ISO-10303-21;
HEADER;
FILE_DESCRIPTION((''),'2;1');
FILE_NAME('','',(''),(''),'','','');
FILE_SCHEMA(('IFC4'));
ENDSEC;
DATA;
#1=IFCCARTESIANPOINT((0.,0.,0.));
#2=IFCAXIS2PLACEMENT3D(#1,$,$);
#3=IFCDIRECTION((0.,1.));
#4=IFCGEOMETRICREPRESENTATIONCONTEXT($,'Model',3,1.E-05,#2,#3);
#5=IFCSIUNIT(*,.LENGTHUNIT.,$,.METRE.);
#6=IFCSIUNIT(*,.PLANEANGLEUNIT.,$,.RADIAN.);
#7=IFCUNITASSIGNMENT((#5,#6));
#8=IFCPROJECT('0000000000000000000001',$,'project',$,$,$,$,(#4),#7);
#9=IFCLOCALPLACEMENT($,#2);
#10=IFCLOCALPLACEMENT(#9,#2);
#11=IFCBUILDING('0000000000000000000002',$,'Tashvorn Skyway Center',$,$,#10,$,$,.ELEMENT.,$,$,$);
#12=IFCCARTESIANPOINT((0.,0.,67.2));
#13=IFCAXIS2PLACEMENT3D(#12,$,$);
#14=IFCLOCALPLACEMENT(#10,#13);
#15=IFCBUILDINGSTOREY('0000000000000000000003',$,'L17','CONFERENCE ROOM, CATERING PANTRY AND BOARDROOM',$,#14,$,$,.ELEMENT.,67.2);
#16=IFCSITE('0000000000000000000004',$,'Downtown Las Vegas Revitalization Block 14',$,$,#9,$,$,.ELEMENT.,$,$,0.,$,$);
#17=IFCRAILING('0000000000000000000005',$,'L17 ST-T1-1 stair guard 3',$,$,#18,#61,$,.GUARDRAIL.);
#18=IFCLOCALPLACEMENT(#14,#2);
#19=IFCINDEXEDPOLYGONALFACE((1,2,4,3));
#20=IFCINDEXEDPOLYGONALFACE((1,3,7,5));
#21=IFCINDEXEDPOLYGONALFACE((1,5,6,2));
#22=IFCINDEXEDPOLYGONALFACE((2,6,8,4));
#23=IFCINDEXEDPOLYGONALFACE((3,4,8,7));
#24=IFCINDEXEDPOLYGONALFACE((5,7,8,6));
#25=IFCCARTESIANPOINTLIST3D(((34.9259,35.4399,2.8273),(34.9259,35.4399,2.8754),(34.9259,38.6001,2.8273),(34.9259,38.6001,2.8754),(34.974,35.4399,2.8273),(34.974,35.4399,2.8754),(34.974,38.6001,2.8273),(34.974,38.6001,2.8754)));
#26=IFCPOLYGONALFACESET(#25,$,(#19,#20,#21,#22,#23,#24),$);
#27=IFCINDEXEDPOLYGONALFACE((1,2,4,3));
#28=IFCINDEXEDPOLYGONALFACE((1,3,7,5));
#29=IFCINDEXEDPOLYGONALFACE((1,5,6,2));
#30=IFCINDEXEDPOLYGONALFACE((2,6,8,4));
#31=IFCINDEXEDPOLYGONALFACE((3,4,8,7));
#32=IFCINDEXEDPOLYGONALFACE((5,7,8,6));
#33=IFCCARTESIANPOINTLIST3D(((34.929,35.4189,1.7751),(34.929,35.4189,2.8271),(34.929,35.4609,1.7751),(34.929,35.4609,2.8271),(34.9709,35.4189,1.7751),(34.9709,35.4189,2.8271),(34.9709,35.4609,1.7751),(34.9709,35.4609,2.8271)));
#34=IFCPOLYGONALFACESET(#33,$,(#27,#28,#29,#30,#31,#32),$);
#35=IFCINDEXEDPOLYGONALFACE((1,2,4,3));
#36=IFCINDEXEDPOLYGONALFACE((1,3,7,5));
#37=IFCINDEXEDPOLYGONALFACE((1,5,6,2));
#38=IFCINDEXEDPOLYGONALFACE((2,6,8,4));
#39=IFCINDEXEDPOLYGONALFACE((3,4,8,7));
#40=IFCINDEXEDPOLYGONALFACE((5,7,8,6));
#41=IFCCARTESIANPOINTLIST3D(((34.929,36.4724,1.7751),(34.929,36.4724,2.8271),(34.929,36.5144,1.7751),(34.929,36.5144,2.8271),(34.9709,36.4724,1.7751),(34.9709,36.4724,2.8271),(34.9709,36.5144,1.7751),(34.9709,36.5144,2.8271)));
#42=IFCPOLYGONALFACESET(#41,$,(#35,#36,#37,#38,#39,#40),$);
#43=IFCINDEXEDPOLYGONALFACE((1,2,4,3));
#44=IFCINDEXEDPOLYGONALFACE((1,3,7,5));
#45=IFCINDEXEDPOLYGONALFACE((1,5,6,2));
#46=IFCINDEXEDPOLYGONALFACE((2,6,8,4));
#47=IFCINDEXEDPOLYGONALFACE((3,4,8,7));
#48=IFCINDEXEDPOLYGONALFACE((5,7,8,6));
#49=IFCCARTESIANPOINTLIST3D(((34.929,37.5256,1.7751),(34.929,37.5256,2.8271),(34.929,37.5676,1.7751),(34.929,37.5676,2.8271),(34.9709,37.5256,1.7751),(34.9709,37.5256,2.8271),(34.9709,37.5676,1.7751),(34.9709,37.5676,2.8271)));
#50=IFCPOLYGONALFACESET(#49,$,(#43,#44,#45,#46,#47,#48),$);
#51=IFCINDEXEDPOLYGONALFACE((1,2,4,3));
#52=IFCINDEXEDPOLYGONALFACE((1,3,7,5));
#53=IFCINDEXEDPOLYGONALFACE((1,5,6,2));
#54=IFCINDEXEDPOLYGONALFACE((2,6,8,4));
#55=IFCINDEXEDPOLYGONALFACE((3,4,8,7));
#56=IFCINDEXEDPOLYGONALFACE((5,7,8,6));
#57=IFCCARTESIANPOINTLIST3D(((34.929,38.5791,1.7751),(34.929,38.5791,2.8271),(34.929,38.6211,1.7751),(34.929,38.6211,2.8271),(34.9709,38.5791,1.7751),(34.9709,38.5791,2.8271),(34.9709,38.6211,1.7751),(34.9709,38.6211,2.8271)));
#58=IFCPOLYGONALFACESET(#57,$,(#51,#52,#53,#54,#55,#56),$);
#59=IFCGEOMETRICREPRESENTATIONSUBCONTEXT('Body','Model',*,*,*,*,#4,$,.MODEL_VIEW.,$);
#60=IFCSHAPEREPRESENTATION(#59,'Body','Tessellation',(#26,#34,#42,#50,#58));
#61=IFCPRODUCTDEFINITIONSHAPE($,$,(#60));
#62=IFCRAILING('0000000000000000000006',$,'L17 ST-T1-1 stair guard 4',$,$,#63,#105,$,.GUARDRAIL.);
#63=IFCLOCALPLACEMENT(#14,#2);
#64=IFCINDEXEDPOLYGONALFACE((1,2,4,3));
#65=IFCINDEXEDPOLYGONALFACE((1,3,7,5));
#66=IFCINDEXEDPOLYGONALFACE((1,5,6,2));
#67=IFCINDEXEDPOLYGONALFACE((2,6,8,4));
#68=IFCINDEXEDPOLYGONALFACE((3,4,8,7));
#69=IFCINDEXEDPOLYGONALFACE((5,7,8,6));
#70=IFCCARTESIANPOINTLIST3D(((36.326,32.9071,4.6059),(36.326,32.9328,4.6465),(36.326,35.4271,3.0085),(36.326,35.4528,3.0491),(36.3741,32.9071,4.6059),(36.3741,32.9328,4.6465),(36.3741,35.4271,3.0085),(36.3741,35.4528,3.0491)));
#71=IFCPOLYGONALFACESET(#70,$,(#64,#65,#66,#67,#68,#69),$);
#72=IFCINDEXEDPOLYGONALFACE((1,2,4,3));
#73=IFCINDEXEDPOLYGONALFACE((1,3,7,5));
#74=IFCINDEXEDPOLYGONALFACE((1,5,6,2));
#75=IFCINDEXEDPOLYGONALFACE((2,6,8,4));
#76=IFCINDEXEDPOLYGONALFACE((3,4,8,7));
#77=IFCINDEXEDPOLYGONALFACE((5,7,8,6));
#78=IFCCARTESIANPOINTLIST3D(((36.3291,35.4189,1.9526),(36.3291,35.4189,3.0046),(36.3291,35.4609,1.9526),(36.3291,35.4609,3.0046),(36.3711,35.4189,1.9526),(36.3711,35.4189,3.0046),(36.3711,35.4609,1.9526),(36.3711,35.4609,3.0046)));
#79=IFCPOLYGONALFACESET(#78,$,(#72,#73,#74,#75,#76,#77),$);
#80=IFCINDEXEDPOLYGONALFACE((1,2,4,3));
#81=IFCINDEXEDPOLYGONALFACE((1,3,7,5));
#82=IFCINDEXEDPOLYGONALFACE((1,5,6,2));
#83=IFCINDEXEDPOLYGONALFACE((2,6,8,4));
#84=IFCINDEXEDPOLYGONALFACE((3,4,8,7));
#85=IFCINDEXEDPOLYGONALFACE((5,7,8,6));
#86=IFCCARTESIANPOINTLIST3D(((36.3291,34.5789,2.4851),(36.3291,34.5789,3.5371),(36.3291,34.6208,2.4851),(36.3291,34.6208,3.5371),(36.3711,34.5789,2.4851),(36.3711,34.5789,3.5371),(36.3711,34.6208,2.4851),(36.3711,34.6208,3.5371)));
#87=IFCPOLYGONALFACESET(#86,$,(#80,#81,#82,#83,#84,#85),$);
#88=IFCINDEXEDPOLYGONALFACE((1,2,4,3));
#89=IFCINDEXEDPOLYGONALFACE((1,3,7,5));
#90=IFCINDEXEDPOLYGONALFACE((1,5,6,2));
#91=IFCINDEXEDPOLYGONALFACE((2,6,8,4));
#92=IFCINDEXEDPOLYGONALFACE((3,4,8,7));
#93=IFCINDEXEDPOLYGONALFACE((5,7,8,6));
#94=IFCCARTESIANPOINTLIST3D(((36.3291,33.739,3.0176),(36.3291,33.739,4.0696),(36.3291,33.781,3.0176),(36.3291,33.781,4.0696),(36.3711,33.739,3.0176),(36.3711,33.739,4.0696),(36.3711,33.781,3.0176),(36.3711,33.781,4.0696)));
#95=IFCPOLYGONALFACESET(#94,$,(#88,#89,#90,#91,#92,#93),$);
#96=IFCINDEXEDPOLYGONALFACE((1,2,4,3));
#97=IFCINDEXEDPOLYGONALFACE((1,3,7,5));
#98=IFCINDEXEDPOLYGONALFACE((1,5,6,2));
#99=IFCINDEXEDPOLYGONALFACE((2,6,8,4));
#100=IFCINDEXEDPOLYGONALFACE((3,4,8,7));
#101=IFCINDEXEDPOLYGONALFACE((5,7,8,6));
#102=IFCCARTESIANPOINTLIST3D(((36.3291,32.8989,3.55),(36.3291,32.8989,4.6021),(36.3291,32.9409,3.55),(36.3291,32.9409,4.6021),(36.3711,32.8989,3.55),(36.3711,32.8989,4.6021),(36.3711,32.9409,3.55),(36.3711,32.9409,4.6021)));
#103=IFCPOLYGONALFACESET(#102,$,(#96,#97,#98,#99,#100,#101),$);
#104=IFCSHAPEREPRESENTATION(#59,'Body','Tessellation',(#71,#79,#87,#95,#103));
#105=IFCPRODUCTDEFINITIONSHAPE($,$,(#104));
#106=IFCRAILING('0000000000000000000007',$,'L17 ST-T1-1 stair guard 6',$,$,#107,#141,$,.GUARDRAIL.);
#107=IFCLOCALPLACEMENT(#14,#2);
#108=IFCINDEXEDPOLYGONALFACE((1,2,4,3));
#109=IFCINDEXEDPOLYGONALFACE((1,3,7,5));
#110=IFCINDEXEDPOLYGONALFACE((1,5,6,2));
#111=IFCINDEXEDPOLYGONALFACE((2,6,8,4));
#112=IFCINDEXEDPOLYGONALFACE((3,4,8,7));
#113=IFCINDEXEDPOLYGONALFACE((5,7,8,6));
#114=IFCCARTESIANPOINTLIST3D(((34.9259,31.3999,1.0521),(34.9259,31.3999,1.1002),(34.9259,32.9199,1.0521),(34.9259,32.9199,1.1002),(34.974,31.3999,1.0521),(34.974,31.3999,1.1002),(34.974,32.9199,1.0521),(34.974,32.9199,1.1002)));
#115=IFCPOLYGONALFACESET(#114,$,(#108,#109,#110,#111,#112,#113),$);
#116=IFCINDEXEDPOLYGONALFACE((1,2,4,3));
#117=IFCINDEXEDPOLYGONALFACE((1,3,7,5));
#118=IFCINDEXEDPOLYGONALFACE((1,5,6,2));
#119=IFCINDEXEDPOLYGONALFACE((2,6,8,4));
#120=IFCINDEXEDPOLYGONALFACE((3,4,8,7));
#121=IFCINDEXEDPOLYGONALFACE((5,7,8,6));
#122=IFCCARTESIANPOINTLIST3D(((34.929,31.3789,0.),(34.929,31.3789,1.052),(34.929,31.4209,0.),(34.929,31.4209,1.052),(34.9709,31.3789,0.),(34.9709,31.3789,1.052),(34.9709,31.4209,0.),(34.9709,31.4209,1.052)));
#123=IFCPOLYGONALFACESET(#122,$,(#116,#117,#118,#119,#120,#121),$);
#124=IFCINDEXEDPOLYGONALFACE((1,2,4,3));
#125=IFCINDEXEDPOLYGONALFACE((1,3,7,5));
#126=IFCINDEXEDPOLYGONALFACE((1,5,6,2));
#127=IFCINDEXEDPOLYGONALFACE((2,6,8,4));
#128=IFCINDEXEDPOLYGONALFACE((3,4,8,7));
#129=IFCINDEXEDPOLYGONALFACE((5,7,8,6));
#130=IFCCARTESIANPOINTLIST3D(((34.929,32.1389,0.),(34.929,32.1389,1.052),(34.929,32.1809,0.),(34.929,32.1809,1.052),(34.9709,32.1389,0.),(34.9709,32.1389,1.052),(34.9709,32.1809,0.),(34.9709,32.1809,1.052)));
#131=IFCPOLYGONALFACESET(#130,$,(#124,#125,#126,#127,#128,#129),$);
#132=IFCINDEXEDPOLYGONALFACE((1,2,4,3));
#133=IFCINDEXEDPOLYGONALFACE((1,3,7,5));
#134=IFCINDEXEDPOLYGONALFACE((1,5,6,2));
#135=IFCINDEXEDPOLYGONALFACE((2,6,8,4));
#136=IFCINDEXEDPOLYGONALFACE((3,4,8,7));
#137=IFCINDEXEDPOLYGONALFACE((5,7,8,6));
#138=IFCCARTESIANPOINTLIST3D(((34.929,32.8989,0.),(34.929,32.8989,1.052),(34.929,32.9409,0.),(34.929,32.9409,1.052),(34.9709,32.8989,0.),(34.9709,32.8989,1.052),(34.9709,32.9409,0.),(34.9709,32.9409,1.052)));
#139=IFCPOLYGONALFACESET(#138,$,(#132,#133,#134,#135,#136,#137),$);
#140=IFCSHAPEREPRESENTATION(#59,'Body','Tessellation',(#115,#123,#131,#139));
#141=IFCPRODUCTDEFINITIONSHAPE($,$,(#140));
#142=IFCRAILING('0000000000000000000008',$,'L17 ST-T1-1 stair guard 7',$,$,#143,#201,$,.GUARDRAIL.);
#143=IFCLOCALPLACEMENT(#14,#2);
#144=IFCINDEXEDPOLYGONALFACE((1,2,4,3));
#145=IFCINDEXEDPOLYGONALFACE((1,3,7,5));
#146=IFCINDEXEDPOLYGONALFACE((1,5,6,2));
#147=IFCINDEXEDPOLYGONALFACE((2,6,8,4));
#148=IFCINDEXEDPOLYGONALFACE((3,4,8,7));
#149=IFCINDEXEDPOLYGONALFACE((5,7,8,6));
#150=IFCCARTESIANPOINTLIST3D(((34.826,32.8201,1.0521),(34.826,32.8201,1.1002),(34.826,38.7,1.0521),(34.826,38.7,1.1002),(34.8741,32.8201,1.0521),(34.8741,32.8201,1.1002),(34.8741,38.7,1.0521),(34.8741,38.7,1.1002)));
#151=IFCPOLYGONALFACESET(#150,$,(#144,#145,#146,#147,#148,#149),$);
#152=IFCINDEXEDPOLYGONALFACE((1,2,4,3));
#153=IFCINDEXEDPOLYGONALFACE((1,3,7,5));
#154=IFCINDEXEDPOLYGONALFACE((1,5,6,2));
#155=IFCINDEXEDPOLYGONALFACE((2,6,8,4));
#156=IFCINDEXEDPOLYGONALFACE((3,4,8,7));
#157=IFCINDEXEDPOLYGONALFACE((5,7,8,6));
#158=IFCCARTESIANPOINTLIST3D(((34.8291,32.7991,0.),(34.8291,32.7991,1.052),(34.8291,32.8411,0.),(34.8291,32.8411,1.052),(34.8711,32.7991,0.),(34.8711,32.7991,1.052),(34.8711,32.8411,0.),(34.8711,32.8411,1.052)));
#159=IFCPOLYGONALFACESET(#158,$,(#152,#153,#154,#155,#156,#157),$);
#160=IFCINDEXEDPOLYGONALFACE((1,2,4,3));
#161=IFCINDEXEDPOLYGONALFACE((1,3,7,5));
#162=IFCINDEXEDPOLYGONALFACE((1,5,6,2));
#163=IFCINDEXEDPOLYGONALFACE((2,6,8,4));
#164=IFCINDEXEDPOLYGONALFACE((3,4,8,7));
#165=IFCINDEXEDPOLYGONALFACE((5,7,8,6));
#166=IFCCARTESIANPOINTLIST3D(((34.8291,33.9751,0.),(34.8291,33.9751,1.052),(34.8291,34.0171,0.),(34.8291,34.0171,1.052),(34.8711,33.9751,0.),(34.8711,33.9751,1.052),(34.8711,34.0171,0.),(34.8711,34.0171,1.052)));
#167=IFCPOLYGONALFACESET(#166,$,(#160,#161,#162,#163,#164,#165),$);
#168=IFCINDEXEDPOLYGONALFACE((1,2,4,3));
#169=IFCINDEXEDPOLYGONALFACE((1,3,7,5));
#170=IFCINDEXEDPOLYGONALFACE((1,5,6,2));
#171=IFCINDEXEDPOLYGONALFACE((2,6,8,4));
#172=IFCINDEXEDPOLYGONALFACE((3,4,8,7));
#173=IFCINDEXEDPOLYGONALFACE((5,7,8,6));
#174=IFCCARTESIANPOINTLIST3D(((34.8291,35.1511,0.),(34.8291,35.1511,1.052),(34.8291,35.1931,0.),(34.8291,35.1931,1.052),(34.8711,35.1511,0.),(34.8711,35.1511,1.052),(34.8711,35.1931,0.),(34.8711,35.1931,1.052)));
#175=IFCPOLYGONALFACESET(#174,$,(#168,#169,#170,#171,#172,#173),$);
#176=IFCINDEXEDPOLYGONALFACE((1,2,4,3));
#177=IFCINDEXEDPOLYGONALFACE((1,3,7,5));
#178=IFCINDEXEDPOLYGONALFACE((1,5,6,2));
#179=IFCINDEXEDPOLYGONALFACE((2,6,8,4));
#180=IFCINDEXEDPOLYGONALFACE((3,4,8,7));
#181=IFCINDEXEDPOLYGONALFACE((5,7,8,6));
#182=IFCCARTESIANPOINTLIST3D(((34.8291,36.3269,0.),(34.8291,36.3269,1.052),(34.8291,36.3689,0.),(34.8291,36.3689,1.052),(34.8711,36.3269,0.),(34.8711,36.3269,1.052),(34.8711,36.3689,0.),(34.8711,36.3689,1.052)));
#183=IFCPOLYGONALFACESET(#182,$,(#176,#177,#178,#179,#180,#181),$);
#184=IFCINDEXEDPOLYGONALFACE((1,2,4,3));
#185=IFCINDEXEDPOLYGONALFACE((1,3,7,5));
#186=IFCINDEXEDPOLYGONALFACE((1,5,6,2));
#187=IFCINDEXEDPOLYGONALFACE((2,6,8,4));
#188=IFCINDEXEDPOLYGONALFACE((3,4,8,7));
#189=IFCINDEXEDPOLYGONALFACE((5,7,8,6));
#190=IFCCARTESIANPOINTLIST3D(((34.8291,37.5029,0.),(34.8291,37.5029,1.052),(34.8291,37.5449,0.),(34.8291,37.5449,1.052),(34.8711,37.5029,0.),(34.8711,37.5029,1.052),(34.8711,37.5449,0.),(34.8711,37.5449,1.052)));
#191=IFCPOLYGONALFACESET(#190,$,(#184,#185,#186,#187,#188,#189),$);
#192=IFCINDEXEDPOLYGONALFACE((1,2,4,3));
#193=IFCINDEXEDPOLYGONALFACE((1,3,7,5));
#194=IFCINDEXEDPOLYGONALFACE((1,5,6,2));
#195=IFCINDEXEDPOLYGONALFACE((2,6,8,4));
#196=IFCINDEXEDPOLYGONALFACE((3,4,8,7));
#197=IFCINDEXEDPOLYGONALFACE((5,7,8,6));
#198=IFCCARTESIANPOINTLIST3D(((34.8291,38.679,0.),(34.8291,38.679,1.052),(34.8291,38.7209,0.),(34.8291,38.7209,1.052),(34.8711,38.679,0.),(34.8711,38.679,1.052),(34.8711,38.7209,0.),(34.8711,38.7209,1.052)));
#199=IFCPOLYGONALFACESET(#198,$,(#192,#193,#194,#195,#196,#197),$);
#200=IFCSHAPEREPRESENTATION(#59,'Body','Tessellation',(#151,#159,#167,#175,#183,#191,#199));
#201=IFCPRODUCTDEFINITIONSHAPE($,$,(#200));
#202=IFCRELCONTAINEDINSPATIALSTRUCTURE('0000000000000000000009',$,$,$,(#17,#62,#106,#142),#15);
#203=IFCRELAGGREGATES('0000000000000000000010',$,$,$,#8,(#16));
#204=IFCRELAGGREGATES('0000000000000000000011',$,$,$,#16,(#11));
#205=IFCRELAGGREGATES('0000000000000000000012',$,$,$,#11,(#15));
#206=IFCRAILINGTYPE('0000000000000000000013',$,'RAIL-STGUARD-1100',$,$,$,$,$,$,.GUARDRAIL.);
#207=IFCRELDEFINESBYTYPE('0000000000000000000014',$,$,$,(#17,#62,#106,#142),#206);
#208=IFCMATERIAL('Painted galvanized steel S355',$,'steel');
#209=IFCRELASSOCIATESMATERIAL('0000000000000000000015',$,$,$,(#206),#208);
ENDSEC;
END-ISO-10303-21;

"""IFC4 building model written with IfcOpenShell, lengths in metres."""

from ifc_helpers import new_model, si_unit, direction, frame, origin, origin_2d, place, context, subcontext, project, spatial, rectangle, extrude, material, type_object, element, save


model = new_model("IFC4")

# Units and contexts
model_context = context("Model", 3, precision=1e-05, world=origin(), true_north=direction((0.0, 1.0)))
body_context = subcontext(model_context, "Body", "Model", "MODEL_VIEW")
ifc_project = project(units=[si_unit("LENGTHUNIT", "METRE"), si_unit("PLANEANGLEUNIT", "RADIAN")], contexts=[model_context])

# Site, building, storey
site_placement = place(None, origin())
site = spatial("IfcSite", under=ifc_project, at=site_placement, Name="Downtown Las Vegas Revitalization Block 14", CompositionType="ELEMENT", RefElevation=0.0)
building_placement = place(site_placement, origin())
building = spatial("IfcBuilding", under=site, at=building_placement, Name="Tashvorn Skyway Center", CompositionType="ELEMENT")
storey_placement = place(building_placement, frame((0.0, 0.0, 67.2)))
storey = spatial("IfcBuildingStorey", under=building, at=storey_placement, Name="L17", Description="CONFERENCE ROOM, CATERING PANTRY AND BOARDROOM", CompositionType="ELEMENT", Elevation=67.2)

# Railings
ifc_material_1 = material(Name="Painted galvanized steel S355", Category="steel")
railing_type_1 = type_object("IfcRailingType", Name="RAIL-STGUARD-1100", PredefinedType="GUARDRAIL", material=ifc_material_1)
railing_1_placement = place(storey_placement, frame((34.95, 35.4399, 1.7751)))
element("IfcRailing", 1, at=railing_1_placement, inside=storey, type_object=railing_type_1, Name="L17 ST-T1-1 stair guard 3", PredefinedType="GUARDRAIL", context=body_context, shape_type="SweptSolid", body=[
    extrude(rectangle(XDim=0.0481, YDim=0.0481, at=origin_2d()), frame((0.0, 0.0, 1.0762), z_axis=(0.0, 1.0, 0.0), x_axis=(-1.0, 0.0, 0.0)), (0.0, 0.0, 1.0), 3.1602),
    extrude(rectangle(XDim=0.042, YDim=0.042, at=origin_2d()), origin(), (0.0, 0.0, 1.0), 1.052),
    extrude(rectangle(XDim=0.042, YDim=0.042, at=origin_2d()), frame((0.0, 1.0535, 0.0)), (0.0, 0.0, 1.0), 1.052),
    extrude(rectangle(XDim=0.042, YDim=0.042, at=origin_2d()), frame((0.0, 2.1067, 0.0)), (0.0, 0.0, 1.0), 1.052),
    extrude(rectangle(XDim=0.042, YDim=0.042, at=origin_2d()), frame((0.0, 3.1602, 0.0)), (0.0, 0.0, 1.0), 1.052),
])
railing_2_placement = place(storey_placement, frame((36.3501, 35.4399, 1.9526)))
element("IfcRailing", 2, at=railing_2_placement, inside=storey, type_object=railing_type_1, Name="L17 ST-T1-1 stair guard 4", PredefinedType="GUARDRAIL", context=body_context, shape_type="SweptSolid", body=[
    extrude(rectangle(XDim=0.0481, YDim=0.0481, at=origin_2d()), frame((0.0, 0.0, 1.0762), z_axis=(0.0, -0.844607, 0.535387), x_axis=(1.0, 0.0, 0.0)), (0.0, 0.0, 1.0), 2.9836),
    extrude(rectangle(XDim=0.042, YDim=0.042, at=origin_2d()), origin(), (0.0, 0.0, 1.0), 1.052),
    extrude(rectangle(XDim=0.042, YDim=0.042, at=origin_2d()), frame((0.0, -0.8401, 0.5325)), (0.0, 0.0, 1.0), 1.052),
    extrude(rectangle(XDim=0.042, YDim=0.042, at=origin_2d()), frame((0.0, -1.6799, 1.0649)), (0.0, 0.0, 1.0), 1.052),
    extrude(rectangle(XDim=0.042, YDim=0.042, at=origin_2d()), frame((0.0, -2.52, 1.5974)), (0.0, 0.0, 1.0), 1.052),
])
railing_3_placement = place(storey_placement, frame((34.95, 31.3999, 0.0)))
element("IfcRailing", 3, at=railing_3_placement, inside=storey, type_object=railing_type_1, Name="L17 ST-T1-1 stair guard 6", PredefinedType="GUARDRAIL", context=body_context, shape_type="SweptSolid", body=[
    extrude(rectangle(XDim=0.0481, YDim=0.0481, at=origin_2d()), frame((0.0, 0.0, 1.0762), z_axis=(0.0, 1.0, 0.0), x_axis=(-1.0, 0.0, 0.0)), (0.0, 0.0, 1.0), 1.52),
    extrude(rectangle(XDim=0.042, YDim=0.042, at=origin_2d()), origin(), (0.0, 0.0, 1.0), 1.052),
    extrude(rectangle(XDim=0.042, YDim=0.042, at=origin_2d()), frame((0.0, 0.76, 0.0)), (0.0, 0.0, 1.0), 1.052),
    extrude(rectangle(XDim=0.042, YDim=0.042, at=origin_2d()), frame((0.0, 1.52, 0.0)), (0.0, 0.0, 1.0), 1.052),
])
railing_4_placement = place(storey_placement, frame((34.8501, 32.8201, 0.0)))
element("IfcRailing", 4, at=railing_4_placement, inside=storey, type_object=railing_type_1, Name="L17 ST-T1-1 stair guard 7", PredefinedType="GUARDRAIL", context=body_context, shape_type="SweptSolid", body=[
    extrude(rectangle(XDim=0.0481, YDim=0.0481, at=origin_2d()), frame((0.0, 0.0, 1.0762), z_axis=(0.0, 1.0, 0.0), x_axis=(-1.0, 0.0, 0.0)), (0.0, 0.0, 1.0), 5.8799),
    extrude(rectangle(XDim=0.042, YDim=0.042, at=origin_2d()), origin(), (0.0, 0.0, 1.0), 1.052),
    extrude(rectangle(XDim=0.042, YDim=0.042, at=origin_2d()), frame((0.0, 1.176, 0.0)), (0.0, 0.0, 1.0), 1.052),
    extrude(rectangle(XDim=0.042, YDim=0.042, at=origin_2d()), frame((0.0, 2.3521, 0.0)), (0.0, 0.0, 1.0), 1.052),
    extrude(rectangle(XDim=0.042, YDim=0.042, at=origin_2d()), frame((0.0, 3.5278, 0.0)), (0.0, 0.0, 1.0), 1.052),
    extrude(rectangle(XDim=0.042, YDim=0.042, at=origin_2d()), frame((0.0, 4.7039, 0.0)), (0.0, 0.0, 1.0), 1.052),
    extrude(rectangle(XDim=0.042, YDim=0.042, at=origin_2d()), frame((0.0, 5.8799, 0.0)), (0.0, 0.0, 1.0), 1.052),
])

save(model, "model.ifc")
